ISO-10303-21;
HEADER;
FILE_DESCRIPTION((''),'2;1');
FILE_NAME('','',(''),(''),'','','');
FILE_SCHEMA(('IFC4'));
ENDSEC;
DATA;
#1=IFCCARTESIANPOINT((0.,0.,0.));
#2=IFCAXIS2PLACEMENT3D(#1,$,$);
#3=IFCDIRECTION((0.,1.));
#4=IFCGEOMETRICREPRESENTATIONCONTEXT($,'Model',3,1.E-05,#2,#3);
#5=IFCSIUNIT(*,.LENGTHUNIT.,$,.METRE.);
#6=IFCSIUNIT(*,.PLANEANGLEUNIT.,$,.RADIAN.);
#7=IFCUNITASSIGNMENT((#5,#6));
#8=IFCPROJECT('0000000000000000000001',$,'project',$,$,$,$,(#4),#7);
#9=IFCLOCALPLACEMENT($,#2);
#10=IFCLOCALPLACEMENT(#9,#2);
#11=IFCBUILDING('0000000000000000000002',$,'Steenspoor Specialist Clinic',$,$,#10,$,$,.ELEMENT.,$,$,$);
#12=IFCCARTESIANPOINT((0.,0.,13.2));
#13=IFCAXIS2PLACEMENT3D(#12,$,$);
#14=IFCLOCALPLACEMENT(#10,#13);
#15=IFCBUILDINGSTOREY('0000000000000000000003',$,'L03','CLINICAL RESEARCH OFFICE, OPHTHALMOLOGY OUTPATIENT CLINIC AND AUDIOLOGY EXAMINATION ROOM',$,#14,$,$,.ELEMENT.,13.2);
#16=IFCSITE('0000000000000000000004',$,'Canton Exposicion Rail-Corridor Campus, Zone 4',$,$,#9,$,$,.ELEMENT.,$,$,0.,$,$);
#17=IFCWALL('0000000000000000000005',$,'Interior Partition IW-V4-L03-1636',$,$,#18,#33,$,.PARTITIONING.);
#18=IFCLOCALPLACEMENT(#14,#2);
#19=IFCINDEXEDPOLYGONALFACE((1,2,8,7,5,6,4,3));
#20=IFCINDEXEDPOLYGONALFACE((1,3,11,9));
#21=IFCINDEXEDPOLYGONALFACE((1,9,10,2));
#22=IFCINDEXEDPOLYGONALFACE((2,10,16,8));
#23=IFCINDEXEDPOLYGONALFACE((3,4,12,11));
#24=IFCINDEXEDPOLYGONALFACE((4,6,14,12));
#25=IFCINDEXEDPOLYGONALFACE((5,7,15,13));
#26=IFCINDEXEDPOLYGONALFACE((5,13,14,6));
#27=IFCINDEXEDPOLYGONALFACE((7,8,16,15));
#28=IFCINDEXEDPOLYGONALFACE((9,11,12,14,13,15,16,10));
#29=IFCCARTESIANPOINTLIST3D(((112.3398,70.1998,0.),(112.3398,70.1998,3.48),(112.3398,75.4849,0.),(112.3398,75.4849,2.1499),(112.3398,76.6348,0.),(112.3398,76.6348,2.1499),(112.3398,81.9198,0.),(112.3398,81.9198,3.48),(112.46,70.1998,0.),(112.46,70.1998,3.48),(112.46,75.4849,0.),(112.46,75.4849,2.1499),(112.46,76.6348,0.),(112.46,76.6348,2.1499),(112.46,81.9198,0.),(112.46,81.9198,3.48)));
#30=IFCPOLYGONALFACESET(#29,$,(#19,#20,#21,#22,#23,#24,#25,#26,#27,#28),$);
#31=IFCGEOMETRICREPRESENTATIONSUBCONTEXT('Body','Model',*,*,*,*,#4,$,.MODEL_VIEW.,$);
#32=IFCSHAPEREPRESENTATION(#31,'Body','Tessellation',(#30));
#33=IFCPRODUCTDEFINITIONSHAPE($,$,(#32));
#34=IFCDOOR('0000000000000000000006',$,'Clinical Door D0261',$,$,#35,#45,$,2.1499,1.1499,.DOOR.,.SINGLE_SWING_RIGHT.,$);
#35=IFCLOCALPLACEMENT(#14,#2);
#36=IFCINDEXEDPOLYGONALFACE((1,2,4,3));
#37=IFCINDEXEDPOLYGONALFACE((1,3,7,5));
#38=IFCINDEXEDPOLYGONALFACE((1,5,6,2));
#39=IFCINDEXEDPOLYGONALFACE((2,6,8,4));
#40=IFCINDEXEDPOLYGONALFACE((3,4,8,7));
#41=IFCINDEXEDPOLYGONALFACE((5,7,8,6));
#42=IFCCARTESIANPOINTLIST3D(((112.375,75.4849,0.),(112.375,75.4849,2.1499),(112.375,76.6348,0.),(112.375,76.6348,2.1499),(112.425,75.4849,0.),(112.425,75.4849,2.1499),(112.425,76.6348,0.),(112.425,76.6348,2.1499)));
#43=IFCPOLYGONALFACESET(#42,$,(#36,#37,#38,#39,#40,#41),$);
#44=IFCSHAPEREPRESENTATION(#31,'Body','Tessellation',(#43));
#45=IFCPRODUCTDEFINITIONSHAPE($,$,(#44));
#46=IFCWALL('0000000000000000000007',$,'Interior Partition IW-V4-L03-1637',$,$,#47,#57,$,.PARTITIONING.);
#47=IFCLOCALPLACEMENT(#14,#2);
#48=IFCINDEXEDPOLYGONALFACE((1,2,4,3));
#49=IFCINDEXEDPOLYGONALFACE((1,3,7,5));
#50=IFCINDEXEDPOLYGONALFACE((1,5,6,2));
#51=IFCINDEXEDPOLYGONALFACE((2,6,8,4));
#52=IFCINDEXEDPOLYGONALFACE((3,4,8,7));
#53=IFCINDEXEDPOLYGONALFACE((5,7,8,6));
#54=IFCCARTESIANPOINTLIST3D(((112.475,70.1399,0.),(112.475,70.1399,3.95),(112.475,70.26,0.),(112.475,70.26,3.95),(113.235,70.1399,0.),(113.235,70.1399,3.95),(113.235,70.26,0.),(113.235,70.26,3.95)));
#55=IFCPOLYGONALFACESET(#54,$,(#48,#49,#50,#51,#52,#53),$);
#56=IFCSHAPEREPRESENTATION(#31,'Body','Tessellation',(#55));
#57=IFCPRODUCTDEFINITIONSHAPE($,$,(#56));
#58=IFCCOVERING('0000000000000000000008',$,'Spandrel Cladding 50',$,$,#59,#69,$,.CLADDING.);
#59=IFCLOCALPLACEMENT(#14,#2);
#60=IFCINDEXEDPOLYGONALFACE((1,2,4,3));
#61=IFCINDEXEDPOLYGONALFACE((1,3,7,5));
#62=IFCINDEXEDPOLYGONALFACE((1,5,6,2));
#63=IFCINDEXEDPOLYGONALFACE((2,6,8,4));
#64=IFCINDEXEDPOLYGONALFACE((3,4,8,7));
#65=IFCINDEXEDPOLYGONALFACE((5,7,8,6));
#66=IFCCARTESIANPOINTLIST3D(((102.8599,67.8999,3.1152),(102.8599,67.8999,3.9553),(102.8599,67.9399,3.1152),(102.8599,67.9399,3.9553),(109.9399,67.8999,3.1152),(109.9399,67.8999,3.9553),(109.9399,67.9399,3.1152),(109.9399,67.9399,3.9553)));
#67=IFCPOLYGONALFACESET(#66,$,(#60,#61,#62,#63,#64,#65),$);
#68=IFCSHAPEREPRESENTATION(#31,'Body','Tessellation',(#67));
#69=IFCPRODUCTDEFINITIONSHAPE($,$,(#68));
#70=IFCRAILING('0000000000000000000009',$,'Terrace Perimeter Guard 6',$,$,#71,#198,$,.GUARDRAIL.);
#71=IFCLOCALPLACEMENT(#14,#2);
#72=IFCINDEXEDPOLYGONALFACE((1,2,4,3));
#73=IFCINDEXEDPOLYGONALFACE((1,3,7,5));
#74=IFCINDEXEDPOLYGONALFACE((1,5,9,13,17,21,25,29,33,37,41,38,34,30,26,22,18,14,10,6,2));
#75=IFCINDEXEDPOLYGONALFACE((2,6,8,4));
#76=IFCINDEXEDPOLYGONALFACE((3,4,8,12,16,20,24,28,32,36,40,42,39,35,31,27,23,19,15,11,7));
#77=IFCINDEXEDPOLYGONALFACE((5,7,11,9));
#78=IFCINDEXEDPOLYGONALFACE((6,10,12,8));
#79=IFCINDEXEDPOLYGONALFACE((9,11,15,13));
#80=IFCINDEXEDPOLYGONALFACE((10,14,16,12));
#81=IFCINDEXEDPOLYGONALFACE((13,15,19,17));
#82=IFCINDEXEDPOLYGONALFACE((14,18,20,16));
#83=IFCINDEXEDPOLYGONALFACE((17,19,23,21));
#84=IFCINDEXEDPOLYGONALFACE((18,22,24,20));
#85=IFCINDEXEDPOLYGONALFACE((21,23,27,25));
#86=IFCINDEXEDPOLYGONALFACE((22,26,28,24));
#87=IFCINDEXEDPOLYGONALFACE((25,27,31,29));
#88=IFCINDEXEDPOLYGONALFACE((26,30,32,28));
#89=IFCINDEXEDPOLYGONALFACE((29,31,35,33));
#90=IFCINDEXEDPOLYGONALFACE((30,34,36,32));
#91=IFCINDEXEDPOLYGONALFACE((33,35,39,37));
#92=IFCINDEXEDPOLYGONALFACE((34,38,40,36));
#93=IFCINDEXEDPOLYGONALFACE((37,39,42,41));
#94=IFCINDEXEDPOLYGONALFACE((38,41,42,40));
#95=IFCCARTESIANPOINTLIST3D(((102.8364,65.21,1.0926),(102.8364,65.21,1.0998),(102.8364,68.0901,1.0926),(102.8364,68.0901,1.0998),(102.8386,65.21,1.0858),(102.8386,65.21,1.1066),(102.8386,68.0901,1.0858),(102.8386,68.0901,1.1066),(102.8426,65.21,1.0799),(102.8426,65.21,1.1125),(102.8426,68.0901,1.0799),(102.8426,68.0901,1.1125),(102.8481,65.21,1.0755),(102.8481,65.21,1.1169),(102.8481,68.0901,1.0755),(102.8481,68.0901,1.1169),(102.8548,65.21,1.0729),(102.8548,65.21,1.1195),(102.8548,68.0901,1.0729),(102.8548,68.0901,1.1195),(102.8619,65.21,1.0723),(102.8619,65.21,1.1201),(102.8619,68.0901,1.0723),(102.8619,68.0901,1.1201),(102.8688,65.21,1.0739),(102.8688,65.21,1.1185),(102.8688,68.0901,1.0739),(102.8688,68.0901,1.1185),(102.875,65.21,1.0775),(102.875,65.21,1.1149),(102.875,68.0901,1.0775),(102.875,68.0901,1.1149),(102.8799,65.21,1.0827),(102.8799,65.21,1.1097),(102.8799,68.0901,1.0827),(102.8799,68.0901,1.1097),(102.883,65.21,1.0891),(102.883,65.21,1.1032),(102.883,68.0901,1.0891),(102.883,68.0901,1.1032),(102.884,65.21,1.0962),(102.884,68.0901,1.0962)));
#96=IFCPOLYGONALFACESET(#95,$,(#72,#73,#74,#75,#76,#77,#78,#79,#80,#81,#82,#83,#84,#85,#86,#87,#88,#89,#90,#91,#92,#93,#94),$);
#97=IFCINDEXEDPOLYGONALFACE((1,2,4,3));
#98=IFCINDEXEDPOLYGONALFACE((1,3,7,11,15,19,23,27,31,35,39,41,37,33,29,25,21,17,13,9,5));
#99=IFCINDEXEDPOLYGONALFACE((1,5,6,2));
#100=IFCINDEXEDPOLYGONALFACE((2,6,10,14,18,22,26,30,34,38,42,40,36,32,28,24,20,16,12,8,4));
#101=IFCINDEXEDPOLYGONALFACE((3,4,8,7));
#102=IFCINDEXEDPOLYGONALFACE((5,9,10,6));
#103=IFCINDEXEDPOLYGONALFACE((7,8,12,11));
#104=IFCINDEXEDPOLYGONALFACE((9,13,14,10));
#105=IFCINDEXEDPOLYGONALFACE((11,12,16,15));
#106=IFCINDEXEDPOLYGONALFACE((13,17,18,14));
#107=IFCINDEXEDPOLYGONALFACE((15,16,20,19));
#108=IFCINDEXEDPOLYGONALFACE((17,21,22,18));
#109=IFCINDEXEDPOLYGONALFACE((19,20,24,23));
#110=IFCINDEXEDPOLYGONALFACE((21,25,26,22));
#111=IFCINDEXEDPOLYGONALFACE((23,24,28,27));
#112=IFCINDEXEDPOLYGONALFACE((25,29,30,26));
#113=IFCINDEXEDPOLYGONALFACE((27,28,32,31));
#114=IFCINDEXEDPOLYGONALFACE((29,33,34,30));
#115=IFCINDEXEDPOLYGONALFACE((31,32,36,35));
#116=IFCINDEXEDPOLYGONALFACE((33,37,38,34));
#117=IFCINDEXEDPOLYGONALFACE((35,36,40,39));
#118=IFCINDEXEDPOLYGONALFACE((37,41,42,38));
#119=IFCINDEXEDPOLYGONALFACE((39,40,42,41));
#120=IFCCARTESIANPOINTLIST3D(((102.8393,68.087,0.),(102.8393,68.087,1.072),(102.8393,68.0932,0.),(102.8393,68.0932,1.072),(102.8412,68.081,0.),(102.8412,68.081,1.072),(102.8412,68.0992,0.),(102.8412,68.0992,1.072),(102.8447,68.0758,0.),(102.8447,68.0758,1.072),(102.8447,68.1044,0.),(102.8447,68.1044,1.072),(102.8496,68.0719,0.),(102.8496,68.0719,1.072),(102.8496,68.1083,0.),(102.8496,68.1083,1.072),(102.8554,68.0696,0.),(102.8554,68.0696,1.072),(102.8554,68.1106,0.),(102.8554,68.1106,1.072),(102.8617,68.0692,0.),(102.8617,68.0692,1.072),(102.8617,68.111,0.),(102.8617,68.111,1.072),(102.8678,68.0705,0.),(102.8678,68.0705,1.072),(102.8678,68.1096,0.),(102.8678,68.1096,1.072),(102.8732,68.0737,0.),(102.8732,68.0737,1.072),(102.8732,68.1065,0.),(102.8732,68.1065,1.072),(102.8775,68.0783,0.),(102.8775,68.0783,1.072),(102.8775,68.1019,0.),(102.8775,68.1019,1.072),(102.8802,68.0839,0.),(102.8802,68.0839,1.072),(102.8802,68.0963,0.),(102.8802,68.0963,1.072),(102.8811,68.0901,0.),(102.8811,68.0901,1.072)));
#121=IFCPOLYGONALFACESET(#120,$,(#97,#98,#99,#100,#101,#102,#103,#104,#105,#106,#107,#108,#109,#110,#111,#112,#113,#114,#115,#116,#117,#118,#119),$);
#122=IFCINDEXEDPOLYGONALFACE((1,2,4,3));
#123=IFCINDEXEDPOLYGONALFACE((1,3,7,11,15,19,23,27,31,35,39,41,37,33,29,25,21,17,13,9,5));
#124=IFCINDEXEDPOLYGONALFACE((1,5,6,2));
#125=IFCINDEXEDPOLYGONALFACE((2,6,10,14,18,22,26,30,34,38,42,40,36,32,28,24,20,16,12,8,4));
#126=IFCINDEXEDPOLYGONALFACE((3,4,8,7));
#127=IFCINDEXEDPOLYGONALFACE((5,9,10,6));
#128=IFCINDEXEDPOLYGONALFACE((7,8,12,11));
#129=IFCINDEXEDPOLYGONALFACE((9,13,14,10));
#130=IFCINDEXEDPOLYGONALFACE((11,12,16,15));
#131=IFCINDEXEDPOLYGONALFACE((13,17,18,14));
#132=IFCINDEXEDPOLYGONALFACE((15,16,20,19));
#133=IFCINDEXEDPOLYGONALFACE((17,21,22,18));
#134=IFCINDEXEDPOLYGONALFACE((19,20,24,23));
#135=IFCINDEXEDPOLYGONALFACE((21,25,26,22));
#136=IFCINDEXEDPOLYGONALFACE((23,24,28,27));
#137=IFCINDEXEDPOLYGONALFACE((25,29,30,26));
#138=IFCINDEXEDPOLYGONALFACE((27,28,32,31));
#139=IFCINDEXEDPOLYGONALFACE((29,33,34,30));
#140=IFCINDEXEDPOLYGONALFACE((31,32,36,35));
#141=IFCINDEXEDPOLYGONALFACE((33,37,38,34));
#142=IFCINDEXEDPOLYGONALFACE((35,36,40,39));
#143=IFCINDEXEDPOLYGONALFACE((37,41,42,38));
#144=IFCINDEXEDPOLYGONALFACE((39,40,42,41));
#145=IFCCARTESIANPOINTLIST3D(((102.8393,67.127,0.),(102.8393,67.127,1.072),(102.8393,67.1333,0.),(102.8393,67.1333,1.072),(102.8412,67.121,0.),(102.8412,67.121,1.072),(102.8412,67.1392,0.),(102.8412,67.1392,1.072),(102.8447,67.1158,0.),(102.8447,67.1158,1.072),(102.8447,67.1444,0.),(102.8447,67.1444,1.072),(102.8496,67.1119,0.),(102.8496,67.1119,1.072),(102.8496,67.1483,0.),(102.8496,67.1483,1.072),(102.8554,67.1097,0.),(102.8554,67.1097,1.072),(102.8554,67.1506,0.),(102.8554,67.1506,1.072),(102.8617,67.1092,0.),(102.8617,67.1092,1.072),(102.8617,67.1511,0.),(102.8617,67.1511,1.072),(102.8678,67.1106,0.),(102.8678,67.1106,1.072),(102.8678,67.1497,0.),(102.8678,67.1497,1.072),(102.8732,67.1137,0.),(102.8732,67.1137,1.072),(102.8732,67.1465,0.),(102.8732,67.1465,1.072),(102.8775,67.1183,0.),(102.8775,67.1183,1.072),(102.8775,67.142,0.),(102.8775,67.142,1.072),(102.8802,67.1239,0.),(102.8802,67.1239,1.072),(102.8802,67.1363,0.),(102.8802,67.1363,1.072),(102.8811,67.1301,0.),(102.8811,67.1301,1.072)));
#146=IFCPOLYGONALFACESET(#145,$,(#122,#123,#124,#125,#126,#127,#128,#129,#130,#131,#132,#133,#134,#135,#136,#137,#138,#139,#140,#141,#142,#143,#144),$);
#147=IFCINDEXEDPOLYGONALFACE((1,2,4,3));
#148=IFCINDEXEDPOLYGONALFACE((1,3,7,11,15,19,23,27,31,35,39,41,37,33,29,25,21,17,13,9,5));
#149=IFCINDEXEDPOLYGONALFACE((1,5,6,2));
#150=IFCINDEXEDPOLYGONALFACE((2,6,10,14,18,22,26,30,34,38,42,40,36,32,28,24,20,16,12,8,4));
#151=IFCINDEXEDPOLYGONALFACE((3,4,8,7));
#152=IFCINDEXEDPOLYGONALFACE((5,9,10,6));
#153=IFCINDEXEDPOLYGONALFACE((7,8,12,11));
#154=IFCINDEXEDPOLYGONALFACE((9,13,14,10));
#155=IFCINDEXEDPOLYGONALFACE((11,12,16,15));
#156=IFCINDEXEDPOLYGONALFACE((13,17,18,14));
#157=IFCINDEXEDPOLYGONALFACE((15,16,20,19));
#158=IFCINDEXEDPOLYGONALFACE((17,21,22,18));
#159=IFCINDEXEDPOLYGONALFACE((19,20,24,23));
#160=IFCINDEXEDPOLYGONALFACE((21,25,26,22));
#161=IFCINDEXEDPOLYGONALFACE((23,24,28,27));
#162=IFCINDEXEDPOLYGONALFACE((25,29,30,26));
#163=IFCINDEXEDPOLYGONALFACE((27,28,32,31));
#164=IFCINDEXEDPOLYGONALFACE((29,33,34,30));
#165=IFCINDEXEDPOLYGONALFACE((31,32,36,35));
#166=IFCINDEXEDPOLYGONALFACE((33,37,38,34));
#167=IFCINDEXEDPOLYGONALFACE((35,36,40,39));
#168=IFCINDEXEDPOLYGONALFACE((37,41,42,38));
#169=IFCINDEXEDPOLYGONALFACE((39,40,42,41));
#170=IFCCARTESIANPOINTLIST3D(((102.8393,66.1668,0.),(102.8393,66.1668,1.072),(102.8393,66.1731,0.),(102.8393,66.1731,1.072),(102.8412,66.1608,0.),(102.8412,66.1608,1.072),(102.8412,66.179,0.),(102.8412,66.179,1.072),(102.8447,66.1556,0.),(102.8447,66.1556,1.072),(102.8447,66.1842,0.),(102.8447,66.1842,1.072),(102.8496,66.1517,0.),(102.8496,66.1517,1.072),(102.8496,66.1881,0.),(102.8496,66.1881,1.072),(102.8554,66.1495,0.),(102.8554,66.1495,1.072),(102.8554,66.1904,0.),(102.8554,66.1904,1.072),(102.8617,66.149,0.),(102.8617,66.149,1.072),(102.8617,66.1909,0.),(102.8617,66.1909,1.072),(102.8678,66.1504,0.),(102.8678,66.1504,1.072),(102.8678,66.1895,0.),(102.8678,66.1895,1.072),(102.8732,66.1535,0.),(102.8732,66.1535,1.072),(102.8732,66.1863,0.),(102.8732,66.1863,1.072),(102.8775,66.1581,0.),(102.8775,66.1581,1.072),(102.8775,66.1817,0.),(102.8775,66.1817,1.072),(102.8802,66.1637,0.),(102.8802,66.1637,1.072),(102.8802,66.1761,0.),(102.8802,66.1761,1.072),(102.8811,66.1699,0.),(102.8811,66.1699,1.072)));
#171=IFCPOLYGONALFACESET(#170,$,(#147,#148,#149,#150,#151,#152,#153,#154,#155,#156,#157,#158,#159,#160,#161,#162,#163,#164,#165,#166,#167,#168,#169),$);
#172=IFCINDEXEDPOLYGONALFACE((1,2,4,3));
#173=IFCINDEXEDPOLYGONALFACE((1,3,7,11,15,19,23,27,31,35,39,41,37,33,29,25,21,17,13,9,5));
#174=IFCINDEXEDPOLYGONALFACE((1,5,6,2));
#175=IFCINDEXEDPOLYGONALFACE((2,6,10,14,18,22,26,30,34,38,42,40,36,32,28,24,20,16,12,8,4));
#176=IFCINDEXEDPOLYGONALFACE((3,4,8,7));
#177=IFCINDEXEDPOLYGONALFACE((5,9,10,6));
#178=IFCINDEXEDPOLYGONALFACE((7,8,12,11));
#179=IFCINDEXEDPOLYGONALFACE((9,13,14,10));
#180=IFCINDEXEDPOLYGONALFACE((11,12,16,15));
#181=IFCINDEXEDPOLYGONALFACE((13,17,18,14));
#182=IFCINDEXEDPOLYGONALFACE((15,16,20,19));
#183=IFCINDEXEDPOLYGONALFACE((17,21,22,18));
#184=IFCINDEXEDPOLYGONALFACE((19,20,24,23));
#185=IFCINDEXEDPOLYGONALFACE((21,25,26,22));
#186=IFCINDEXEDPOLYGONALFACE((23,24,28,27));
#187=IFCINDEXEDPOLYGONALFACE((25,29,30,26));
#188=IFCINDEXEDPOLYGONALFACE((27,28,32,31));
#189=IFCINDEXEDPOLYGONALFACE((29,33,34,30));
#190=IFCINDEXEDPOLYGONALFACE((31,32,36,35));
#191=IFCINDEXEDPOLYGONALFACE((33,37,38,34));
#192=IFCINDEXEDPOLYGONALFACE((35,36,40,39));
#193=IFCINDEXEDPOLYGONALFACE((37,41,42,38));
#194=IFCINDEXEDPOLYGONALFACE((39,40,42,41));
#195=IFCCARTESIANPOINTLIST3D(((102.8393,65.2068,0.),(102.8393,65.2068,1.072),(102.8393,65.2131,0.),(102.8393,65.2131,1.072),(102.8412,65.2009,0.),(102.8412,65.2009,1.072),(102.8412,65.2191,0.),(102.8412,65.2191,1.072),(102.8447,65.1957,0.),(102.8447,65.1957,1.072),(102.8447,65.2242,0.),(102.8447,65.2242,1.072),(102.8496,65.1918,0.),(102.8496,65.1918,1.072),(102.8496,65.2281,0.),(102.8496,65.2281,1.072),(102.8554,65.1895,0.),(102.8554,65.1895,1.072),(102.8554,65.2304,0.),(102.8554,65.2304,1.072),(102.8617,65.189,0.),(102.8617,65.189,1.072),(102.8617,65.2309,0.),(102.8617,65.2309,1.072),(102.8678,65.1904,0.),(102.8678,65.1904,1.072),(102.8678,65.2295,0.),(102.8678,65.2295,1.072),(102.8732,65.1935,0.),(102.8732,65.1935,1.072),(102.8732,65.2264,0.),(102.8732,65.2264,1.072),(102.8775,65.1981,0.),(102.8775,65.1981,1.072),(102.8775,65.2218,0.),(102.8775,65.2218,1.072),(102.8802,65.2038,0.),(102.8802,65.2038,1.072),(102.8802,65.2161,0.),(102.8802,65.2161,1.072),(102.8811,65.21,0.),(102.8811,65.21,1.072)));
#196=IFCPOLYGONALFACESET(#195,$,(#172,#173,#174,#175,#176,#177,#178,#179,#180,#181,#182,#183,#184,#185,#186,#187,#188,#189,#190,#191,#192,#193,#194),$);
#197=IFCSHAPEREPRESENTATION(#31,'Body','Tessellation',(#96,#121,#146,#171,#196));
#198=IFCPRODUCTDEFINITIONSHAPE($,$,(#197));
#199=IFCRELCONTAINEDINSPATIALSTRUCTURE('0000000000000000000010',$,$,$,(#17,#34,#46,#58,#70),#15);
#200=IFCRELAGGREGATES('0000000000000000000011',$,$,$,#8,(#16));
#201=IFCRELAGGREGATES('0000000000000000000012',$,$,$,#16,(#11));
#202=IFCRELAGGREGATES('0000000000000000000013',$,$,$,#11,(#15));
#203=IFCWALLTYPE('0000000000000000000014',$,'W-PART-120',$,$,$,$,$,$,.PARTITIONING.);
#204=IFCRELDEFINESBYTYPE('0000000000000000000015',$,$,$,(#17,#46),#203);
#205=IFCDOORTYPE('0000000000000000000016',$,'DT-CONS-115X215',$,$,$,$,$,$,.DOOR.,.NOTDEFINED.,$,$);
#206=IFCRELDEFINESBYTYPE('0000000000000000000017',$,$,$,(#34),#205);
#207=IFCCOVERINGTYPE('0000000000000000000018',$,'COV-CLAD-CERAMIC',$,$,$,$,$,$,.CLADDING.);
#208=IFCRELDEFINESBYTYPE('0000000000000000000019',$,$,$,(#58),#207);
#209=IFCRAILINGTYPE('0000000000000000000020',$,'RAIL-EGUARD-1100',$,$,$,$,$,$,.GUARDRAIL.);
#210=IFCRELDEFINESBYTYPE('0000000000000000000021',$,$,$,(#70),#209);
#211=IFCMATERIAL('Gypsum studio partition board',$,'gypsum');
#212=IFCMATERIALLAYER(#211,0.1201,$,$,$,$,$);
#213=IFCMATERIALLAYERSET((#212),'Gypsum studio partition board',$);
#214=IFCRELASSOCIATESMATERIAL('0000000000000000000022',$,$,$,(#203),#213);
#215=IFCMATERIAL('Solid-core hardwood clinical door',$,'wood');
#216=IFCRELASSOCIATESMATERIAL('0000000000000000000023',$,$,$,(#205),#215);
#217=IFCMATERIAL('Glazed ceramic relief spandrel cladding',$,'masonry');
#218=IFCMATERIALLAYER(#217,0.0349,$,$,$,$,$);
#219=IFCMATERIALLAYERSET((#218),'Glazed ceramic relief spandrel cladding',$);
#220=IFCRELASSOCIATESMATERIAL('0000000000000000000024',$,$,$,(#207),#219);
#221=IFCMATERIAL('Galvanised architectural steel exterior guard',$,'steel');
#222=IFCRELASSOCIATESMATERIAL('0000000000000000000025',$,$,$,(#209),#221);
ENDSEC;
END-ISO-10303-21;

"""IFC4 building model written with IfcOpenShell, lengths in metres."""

from ifc_helpers import new_model, si_unit, direction, frame, frame_2d, origin, origin_2d, place, context, subcontext, project, spatial, rectangle, circle, extrude, material, layer, layer_set, type_object, element, fill, save


model = new_model("IFC4")

# Units and contexts
model_context = context("Model", 3, precision=1e-05, world=origin(), true_north=direction((0.0, 1.0)))
body_context = subcontext(model_context, "Body", "Model", "MODEL_VIEW")
ifc_project = project(units=[si_unit("LENGTHUNIT", "METRE"), si_unit("PLANEANGLEUNIT", "RADIAN")], contexts=[model_context])

# Site, building, storey
site_placement = place(None, origin())
site = spatial("IfcSite", under=ifc_project, at=site_placement, Name="Canton Exposicion Rail-Corridor Campus, Zone 4", CompositionType="ELEMENT", RefElevation=0.0)
building_placement = place(site_placement, origin())
building = spatial("IfcBuilding", under=site, at=building_placement, Name="Steenspoor Specialist Clinic", CompositionType="ELEMENT")
storey_placement = place(building_placement, frame((0.0, 0.0, 13.2)))
storey = spatial("IfcBuildingStorey", under=building, at=storey_placement, Name="L03", Description="CLINICAL RESEARCH OFFICE, OPHTHALMOLOGY OUTPATIENT CLINIC AND AUDIOLOGY EXAMINATION ROOM", CompositionType="ELEMENT", Elevation=13.2)

# Wall, opening, door
ifc_material_1 = material(Name="Gypsum studio partition board", Category="gypsum")
ifc_layer_1 = layer(ifc_material_1, 0.1201)
ifc_layer_set_1 = layer_set([ifc_layer_1], Name="Gypsum studio partition board")
wall_type_1 = type_object("IfcWallType", Name="W-PART-120", PredefinedType="PARTITIONING", material=ifc_layer_set_1)
wall_1_placement = place(storey_placement, frame((112.3999, 70.2, 0.0), z_axis=(0.0, 0.0, 1.0), x_axis=(0.0, 1.0, 0.0)))
wall_1 = element("IfcWall", 1, at=wall_1_placement, inside=storey, type_object=wall_type_1, Name="Interior Partition IW-V4-L03-1636", PredefinedType="PARTITIONING", context=body_context, shape_type="SweptSolid", body=[
    extrude(rectangle(XDim=11.72, YDim=0.1201, at=frame_2d((5.8599, 0.0))), origin(), (0.0, 0.0, 1.0), 3.48),
])
opening_1_placement = place(wall_1_placement, frame((5.2849, 0.0, 0.0)))
opening_1 = element("IfcOpeningElement", 2, at=opening_1_placement, cuts=wall_1, PredefinedType="OPENING", context=body_context, shape_type="SweptSolid", body=[
    extrude(rectangle(XDim=1.1499, YDim=2.1499, at=frame_2d((0.575, 1.075))), frame((0.0, 0.0701, 0.0), z_axis=(0.0, -1.0, 0.0), x_axis=(1.0, 0.0, 0.0)), (0.0, 0.0, 1.0), 0.1401),
])
ifc_material_2 = material(Name="Solid-core hardwood clinical door", Category="wood")
door_type_1 = type_object("IfcDoorType", Name="DT-CONS-115X215", OperationType="NOTDEFINED", PredefinedType="DOOR", material=ifc_material_2)
door_1_placement = place(opening_1_placement, origin())
door_1 = element("IfcDoor", 3, at=door_1_placement, inside=storey, type_object=door_type_1, Name="Clinical Door D0261", OperationType="SINGLE_SWING_RIGHT", OverallHeight=2.1499, OverallWidth=1.1499, PredefinedType="DOOR", context=body_context, shape_type="SweptSolid", body=[
    extrude(rectangle(XDim=1.1499, YDim=2.1499, at=frame_2d((0.575, 1.075))), frame((0.0, 0.0249, 0.0), z_axis=(0.0, -1.0, 0.0), x_axis=(1.0, 0.0, 0.0)), (0.0, 0.0, 1.0), 0.05),
])
fill(opening_1, door_1)

# Wall
wall_2_placement = place(storey_placement, frame((112.4751, 70.2, 0.0), z_axis=(0.0, 0.0, 1.0), x_axis=(1.0, 0.0, 0.0)))
element("IfcWall", 4, at=wall_2_placement, inside=storey, type_object=wall_type_1, Name="Interior Partition IW-V4-L03-1637", PredefinedType="PARTITIONING", context=body_context, shape_type="SweptSolid", body=[
    extrude(rectangle(XDim=0.76, YDim=0.1201, at=frame_2d((0.3799, 0.0))), origin(), (0.0, 0.0, 1.0), 3.95),
])

# Covering
ifc_material_3 = material(Name="Glazed ceramic relief spandrel cladding", Category="masonry")
ifc_layer_2 = layer(ifc_material_3, 0.0349)
ifc_layer_set_2 = layer_set([ifc_layer_2], Name="Glazed ceramic relief spandrel cladding")
covering_type = type_object("IfcCoveringType", Name="COV-CLAD-CERAMIC", PredefinedType="CLADDING", material=ifc_layer_set_2)
covering_placement = place(storey_placement, frame((106.3999, 67.9199, 3.1152), z_axis=(0.0, 0.0, 1.0), x_axis=(-1.0, 0.0, 0.0)))
element("IfcCovering", 5, at=covering_placement, inside=storey, type_object=covering_type, Name="Spandrel Cladding 50", PredefinedType="CLADDING", context=body_context, shape_type="SweptSolid", body=[
    extrude(rectangle(XDim=7.0801, YDim=0.04, at=origin_2d()), origin(), (0.0, 0.0, 1.0), 0.8401),
])

# Railing
ifc_material_4 = material(Name="Galvanised architectural steel exterior guard", Category="steel")
railing_type = type_object("IfcRailingType", Name="RAIL-EGUARD-1100", PredefinedType="GUARDRAIL", material=ifc_material_4)
railing_1_placement = place(storey_placement, frame((102.8601, 68.0901, 0.0)))
element("IfcRailing", 6, at=railing_1_placement, inside=storey, type_object=railing_type, Name="Terrace Perimeter Guard 6", PredefinedType="GUARDRAIL", context=body_context, shape_type="SweptSolid", body=[
    extrude(circle(Radius=0.0239, at=origin_2d()), frame((0.0, 0.0, 1.0962), z_axis=(0.0, -1.0, 0.0), x_axis=(1.0, 0.0, 0.0)), (0.0, 0.0, 1.0), 2.8801),
    extrude(circle(Radius=0.021, at=origin_2d()), origin(), (0.0, 0.0, 1.0), 1.072),
    extrude(circle(Radius=0.021, at=origin_2d()), frame((0.0, -0.96, 0.0)), (0.0, 0.0, 1.0), 1.072),
    extrude(circle(Radius=0.021, at=origin_2d()), frame((0.0, -1.9202, 0.0)), (0.0, 0.0, 1.0), 1.072),
    extrude(circle(Radius=0.021, at=origin_2d()), frame((0.0, -2.8801, 0.0)), (0.0, 0.0, 1.0), 1.072),
])

save(model, "model.ifc")
